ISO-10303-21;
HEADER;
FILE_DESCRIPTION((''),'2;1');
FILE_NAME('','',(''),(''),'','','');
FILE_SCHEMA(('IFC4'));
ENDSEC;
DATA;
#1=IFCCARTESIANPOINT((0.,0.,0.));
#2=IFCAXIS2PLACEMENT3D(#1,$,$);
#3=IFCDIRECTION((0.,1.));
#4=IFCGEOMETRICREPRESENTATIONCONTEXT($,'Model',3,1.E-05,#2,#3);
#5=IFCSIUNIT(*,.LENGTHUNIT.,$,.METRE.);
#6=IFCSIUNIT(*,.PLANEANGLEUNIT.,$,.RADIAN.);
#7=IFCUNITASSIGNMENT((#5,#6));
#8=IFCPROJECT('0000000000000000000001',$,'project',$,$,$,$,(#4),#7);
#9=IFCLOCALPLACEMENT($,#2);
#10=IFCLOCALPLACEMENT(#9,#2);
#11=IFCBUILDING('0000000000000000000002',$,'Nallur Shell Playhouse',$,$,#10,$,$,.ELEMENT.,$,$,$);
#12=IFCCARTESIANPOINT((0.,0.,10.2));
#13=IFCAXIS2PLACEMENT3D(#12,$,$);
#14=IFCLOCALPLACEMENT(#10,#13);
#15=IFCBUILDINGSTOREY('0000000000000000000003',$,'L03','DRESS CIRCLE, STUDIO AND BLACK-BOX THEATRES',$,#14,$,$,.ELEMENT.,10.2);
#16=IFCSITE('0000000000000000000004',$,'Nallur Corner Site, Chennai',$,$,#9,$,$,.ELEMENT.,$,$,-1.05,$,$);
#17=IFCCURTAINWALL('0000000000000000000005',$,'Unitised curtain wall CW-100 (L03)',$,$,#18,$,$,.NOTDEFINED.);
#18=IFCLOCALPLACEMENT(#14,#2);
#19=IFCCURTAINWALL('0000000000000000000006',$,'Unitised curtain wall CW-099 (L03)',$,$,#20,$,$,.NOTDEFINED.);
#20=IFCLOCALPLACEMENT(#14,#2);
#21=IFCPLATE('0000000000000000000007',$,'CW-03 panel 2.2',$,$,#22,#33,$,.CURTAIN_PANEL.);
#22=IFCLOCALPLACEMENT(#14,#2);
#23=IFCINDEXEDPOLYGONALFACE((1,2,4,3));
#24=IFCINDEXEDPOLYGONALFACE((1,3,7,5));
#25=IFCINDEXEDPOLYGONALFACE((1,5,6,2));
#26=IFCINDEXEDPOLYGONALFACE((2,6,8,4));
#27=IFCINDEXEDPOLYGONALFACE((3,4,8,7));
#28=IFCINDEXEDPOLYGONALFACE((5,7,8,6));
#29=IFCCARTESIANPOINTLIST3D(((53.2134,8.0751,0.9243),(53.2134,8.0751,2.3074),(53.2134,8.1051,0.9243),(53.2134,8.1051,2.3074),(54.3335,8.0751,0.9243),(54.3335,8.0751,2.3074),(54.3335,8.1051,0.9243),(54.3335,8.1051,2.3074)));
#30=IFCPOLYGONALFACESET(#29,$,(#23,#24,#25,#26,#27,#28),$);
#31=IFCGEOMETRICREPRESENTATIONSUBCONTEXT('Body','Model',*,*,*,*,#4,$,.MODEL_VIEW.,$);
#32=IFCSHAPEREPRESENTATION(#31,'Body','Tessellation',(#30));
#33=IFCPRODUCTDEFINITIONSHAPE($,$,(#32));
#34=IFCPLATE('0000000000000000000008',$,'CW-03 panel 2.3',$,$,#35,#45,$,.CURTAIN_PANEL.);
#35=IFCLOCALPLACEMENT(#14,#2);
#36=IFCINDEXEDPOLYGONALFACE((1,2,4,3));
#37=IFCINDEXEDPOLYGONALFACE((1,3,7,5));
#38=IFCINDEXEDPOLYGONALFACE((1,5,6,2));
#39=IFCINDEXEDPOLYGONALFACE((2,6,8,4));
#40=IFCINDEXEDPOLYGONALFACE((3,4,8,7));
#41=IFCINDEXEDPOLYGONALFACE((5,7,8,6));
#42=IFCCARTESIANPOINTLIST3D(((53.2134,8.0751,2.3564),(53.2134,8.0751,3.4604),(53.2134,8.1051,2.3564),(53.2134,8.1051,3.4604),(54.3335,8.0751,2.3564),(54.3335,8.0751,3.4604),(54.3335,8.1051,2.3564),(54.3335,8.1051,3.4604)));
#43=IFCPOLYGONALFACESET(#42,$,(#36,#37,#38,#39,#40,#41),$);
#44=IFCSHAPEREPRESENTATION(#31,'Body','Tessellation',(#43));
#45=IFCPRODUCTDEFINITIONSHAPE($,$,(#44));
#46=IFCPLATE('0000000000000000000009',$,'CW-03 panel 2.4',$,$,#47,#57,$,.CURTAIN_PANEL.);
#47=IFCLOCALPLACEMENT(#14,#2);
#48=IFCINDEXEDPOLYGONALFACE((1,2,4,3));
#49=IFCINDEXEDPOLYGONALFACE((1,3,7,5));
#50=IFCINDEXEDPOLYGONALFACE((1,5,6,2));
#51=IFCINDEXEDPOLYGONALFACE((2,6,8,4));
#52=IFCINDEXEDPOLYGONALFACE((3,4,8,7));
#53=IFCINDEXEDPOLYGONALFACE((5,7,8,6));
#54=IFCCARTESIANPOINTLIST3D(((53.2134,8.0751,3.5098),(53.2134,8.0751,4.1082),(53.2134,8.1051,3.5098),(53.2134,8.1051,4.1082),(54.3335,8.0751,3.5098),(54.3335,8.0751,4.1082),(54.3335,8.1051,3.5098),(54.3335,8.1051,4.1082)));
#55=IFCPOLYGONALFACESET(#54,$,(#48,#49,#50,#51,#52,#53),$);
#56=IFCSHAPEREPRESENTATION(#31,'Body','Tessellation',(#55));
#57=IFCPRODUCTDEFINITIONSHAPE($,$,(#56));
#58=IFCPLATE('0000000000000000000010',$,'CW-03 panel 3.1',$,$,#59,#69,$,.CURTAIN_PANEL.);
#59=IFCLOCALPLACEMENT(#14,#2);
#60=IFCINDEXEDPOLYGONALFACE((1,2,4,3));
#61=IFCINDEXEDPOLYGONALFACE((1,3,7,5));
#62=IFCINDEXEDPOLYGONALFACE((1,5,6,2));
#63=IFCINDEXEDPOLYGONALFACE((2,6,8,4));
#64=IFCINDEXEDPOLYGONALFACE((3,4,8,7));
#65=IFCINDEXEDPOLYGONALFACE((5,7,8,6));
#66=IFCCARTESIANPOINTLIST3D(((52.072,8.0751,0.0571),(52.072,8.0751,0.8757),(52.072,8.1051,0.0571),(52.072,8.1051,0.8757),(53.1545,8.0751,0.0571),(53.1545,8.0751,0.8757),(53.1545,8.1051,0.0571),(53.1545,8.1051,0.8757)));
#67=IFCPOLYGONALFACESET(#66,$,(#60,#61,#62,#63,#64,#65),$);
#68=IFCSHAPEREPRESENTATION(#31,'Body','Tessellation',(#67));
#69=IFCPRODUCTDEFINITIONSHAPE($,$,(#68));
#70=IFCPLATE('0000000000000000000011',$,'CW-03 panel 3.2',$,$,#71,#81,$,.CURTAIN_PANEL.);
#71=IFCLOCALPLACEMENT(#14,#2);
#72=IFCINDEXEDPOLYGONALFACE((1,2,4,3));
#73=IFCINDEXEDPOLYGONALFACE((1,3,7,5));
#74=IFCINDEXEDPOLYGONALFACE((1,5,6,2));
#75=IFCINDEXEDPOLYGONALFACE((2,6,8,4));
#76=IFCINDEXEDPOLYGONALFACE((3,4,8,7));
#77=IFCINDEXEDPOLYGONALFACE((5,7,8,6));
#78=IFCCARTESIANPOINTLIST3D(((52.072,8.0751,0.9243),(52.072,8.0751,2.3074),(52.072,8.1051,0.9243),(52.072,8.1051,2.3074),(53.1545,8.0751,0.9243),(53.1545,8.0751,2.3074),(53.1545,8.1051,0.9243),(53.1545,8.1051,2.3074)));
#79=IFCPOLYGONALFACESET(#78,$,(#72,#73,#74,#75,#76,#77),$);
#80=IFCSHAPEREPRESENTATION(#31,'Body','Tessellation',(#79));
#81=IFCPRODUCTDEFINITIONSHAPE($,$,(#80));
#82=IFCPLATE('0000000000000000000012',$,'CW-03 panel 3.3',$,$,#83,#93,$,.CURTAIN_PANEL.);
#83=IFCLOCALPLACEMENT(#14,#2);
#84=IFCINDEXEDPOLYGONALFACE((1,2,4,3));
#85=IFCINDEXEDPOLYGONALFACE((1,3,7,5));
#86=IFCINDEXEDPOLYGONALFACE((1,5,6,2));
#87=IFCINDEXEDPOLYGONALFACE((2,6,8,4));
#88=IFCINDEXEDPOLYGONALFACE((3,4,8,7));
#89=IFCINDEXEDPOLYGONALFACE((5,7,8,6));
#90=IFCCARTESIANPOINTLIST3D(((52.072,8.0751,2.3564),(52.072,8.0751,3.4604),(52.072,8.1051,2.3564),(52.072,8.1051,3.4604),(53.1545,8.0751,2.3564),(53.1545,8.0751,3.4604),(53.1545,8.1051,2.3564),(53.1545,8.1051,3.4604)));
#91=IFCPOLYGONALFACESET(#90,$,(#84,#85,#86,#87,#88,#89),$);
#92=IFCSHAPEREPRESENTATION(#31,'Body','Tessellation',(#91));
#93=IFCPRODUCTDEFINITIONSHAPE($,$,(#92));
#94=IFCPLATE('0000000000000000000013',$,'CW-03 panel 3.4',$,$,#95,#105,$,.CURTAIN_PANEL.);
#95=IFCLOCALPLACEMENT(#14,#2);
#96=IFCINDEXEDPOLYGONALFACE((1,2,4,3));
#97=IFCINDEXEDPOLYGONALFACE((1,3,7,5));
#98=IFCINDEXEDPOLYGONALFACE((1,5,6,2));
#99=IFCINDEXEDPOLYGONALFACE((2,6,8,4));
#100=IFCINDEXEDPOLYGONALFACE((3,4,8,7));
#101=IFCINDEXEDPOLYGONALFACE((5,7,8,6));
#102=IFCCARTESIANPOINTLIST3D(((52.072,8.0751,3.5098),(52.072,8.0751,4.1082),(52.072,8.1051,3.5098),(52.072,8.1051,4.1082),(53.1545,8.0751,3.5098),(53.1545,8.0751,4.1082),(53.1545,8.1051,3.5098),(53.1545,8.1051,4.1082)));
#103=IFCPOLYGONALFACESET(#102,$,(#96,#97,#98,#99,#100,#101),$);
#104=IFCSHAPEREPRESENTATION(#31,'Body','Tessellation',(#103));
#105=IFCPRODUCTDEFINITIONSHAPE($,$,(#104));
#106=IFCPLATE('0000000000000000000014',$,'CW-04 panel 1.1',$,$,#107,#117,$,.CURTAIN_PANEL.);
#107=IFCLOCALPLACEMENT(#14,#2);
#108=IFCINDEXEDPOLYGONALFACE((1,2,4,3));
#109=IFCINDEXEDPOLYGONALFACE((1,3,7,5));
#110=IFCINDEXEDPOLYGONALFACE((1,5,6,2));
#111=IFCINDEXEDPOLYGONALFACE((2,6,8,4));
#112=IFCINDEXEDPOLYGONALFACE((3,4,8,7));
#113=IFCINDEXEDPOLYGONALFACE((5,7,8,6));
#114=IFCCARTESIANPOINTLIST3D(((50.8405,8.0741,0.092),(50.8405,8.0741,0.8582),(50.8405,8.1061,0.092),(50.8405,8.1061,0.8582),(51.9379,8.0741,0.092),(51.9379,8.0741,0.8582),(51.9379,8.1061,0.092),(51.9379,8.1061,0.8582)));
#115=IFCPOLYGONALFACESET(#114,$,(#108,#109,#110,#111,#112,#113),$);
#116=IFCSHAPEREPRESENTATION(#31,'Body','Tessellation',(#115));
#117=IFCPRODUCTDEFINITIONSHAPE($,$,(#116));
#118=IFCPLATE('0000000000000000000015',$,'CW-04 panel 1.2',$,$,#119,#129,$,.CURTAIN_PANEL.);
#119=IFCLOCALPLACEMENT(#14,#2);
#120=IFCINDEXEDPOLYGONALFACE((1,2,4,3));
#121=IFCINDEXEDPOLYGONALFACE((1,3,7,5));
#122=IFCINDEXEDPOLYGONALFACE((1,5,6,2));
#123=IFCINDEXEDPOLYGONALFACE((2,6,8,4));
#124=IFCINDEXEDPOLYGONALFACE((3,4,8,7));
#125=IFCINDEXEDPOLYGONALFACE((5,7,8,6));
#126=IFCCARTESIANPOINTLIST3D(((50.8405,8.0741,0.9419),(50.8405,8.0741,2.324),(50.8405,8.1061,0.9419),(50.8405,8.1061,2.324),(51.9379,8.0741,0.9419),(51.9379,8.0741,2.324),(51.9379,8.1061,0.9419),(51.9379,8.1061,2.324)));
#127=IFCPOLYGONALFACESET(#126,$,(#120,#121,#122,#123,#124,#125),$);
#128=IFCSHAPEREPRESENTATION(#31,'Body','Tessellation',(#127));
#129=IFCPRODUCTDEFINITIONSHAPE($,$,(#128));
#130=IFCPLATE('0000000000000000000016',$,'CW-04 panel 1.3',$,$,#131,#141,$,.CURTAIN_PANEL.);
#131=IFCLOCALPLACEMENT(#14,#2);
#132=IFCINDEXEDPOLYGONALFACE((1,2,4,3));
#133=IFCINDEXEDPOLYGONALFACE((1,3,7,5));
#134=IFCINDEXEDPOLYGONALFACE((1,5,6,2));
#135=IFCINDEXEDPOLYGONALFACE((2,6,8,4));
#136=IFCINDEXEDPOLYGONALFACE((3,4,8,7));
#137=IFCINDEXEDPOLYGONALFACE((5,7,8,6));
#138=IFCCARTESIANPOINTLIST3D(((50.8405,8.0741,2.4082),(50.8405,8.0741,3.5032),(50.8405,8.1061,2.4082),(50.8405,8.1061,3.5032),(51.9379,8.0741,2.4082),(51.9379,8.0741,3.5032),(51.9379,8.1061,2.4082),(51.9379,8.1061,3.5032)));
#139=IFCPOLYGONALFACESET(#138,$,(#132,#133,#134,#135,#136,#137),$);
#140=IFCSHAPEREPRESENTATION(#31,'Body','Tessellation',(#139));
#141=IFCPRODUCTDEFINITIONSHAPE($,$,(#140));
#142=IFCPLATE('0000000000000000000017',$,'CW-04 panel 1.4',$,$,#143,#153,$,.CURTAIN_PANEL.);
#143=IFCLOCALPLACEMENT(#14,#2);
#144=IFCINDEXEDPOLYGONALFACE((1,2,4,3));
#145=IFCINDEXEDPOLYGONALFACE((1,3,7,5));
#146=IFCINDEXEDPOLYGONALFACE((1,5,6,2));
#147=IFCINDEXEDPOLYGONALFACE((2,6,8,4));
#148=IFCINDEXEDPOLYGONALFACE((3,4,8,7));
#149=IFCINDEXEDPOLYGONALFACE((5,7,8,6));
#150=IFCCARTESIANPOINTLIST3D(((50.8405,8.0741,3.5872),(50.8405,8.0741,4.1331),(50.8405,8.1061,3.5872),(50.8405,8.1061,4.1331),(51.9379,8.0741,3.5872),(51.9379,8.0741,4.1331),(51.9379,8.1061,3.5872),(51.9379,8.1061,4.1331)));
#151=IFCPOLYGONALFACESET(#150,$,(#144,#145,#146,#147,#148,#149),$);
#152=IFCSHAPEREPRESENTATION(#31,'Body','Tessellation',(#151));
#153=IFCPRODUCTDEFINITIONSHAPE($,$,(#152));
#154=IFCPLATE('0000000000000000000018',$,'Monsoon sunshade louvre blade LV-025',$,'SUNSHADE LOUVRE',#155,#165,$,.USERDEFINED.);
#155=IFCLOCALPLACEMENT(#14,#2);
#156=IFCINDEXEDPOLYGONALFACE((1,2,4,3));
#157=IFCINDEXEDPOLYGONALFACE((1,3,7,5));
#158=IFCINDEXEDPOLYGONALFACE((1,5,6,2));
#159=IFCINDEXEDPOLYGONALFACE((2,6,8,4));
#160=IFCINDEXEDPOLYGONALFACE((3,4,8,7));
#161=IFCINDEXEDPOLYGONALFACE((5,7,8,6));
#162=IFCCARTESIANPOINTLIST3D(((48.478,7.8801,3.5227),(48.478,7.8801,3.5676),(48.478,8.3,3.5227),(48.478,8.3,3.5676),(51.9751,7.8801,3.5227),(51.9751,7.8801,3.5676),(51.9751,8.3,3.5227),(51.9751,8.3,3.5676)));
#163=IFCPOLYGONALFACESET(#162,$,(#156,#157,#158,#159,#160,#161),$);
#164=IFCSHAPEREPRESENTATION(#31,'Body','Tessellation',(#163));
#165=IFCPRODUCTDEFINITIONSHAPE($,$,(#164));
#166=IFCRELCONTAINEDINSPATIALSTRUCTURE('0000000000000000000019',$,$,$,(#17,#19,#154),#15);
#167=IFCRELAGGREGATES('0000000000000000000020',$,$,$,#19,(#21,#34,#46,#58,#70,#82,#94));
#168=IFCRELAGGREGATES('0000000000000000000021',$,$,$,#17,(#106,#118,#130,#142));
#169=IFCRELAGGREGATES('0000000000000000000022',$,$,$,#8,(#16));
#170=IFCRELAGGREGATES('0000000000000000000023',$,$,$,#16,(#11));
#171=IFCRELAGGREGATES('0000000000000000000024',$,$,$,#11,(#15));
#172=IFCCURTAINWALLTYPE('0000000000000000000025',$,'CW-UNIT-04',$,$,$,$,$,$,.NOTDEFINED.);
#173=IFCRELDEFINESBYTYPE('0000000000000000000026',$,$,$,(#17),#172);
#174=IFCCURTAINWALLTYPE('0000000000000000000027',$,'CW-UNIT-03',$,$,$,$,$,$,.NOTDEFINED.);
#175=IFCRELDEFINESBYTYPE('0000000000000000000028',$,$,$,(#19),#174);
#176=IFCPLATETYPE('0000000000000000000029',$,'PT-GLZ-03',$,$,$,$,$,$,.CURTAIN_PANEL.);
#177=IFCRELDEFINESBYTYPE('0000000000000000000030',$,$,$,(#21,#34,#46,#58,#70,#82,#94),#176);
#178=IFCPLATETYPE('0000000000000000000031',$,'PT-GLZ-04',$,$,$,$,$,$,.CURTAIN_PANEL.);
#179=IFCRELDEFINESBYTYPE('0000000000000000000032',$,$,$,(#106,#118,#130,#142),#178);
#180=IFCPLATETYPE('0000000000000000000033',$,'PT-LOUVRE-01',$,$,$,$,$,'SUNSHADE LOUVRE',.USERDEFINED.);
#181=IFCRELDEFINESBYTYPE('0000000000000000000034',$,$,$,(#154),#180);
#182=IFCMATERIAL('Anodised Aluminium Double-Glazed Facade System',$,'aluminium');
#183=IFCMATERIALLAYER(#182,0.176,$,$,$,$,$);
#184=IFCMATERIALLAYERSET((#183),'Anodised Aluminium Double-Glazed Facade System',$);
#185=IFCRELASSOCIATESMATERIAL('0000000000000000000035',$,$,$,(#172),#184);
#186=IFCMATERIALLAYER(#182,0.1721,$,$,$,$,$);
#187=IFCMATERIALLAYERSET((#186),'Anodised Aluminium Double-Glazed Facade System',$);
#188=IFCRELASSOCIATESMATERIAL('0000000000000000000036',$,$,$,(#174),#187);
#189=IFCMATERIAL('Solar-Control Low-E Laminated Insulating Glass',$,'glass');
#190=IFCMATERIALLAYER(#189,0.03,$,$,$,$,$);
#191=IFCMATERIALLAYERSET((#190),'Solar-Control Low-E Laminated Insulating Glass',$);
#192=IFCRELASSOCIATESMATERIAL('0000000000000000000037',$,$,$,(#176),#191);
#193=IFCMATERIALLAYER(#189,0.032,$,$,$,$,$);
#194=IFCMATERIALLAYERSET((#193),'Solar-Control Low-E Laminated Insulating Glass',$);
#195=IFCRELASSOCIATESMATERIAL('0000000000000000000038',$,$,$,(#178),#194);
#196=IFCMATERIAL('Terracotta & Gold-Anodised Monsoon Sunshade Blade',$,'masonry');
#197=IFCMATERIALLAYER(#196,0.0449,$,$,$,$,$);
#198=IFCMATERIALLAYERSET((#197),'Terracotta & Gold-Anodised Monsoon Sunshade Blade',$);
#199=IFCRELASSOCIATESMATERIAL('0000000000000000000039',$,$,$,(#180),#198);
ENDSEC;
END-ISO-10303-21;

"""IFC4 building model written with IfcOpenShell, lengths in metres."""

from ifc_helpers import new_model, si_unit, direction, frame, origin, origin_2d, place, context, subcontext, project, spatial, rectangle, extrude, material, layer, layer_set, type_object, element, aggregate, save


model = new_model("IFC4")

# Units and contexts
model_context = context("Model", 3, precision=1e-05, world=origin(), true_north=direction((0.0, 1.0)))
body_context = subcontext(model_context, "Body", "Model", "MODEL_VIEW")
ifc_project = project(units=[si_unit("LENGTHUNIT", "METRE"), si_unit("PLANEANGLEUNIT", "RADIAN")], contexts=[model_context])

# Site, building, storey
site_placement = place(None, origin())
site = spatial("IfcSite", under=ifc_project, at=site_placement, Name="Nallur Corner Site, Chennai", CompositionType="ELEMENT", RefElevation=-1.05)
building_placement = place(site_placement, origin())
building = spatial("IfcBuilding", under=site, at=building_placement, Name="Nallur Shell Playhouse", CompositionType="ELEMENT")
storey_placement = place(building_placement, frame((0.0, 0.0, 10.2)))
storey = spatial("IfcBuildingStorey", under=building, at=storey_placement, Name="L03", Description="DRESS CIRCLE, STUDIO AND BLACK-BOX THEATRES", CompositionType="ELEMENT", Elevation=10.2)

# Curtain walls
ifc_material_1 = material(Name="Anodised Aluminium Double-Glazed Facade System", Category="aluminium")
ifc_layer_1 = layer(ifc_material_1, 0.176)
ifc_layer_set_1 = layer_set([ifc_layer_1], Name="Anodised Aluminium Double-Glazed Facade System")
curtain_wall_type_1 = type_object("IfcCurtainWallType", Name="CW-UNIT-04", PredefinedType="NOTDEFINED", material=ifc_layer_set_1)
curtain_wall_1_placement = place(storey_placement, origin())
curtain_wall_1 = element("IfcCurtainWall", 1, at=curtain_wall_1_placement, inside=storey, type_object=curtain_wall_type_1, Name="Unitised curtain wall CW-100 (L03)", PredefinedType="NOTDEFINED")
ifc_layer_2 = layer(ifc_material_1, 0.1721)
ifc_layer_set_2 = layer_set([ifc_layer_2], Name="Anodised Aluminium Double-Glazed Facade System")
curtain_wall_type_2 = type_object("IfcCurtainWallType", Name="CW-UNIT-03", PredefinedType="NOTDEFINED", material=ifc_layer_set_2)
curtain_wall_2_placement = place(storey_placement, origin())
curtain_wall_2 = element("IfcCurtainWall", 2, at=curtain_wall_2_placement, inside=storey, type_object=curtain_wall_type_2, Name="Unitised curtain wall CW-099 (L03)", PredefinedType="NOTDEFINED")

# Plates
ifc_material_2 = material(Name="Solar-Control Low-E Laminated Insulating Glass", Category="glass")
ifc_layer_3 = layer(ifc_material_2, 0.03)
ifc_layer_set_3 = layer_set([ifc_layer_3], Name="Solar-Control Low-E Laminated Insulating Glass")
plate_type_1 = type_object("IfcPlateType", Name="PT-GLZ-03", PredefinedType="CURTAIN_PANEL", material=ifc_layer_set_3)
plate_1_placement = place(storey_placement, frame((53.7734, 8.0901, 0.9243), z_axis=(0.0, 0.0, 1.0), x_axis=(-1.0, 0.0, 0.0)))
plate_1 = element("IfcPlate", 3, at=plate_1_placement, type_object=plate_type_1, Name="CW-03 panel 2.2", PredefinedType="CURTAIN_PANEL", context=body_context, shape_type="SweptSolid", body=[
    extrude(rectangle(XDim=1.1201, YDim=0.03, at=origin_2d()), origin(), (0.0, 0.0, 1.0), 1.3831),
])
plate_2_placement = place(storey_placement, frame((53.7734, 8.0901, 2.3564), z_axis=(0.0, 0.0, 1.0), x_axis=(-1.0, 0.0, 0.0)))
plate_2 = element("IfcPlate", 4, at=plate_2_placement, type_object=plate_type_1, Name="CW-03 panel 2.3", PredefinedType="CURTAIN_PANEL", context=body_context, shape_type="SweptSolid", body=[
    extrude(rectangle(XDim=1.1201, YDim=0.03, at=origin_2d()), origin(), (0.0, 0.0, 1.0), 1.104),
])
plate_3_placement = place(storey_placement, frame((53.7734, 8.0901, 3.5098), z_axis=(0.0, 0.0, 1.0), x_axis=(-1.0, 0.0, 0.0)))
plate_3 = element("IfcPlate", 5, at=plate_3_placement, type_object=plate_type_1, Name="CW-03 panel 2.4", PredefinedType="CURTAIN_PANEL", context=body_context, shape_type="SweptSolid", body=[
    extrude(rectangle(XDim=1.1201, YDim=0.03, at=origin_2d()), origin(), (0.0, 0.0, 1.0), 0.5984),
])
plate_4_placement = place(storey_placement, frame((52.6133, 8.0901, 0.0571), z_axis=(0.0, 0.0, 1.0), x_axis=(-1.0, 0.0, 0.0)))
plate_4 = element("IfcPlate", 6, at=plate_4_placement, type_object=plate_type_1, Name="CW-03 panel 3.1", PredefinedType="CURTAIN_PANEL", context=body_context, shape_type="SweptSolid", body=[
    extrude(rectangle(XDim=1.0825, YDim=0.03, at=origin_2d()), origin(), (0.0, 0.0, 1.0), 0.8186),
])
plate_5_placement = place(storey_placement, frame((52.6133, 8.0901, 0.9243), z_axis=(0.0, 0.0, 1.0), x_axis=(-1.0, 0.0, 0.0)))
plate_5 = element("IfcPlate", 7, at=plate_5_placement, type_object=plate_type_1, Name="CW-03 panel 3.2", PredefinedType="CURTAIN_PANEL", context=body_context, shape_type="SweptSolid", body=[
    extrude(rectangle(XDim=1.0825, YDim=0.03, at=origin_2d()), origin(), (0.0, 0.0, 1.0), 1.3831),
])
plate_6_placement = place(storey_placement, frame((52.6133, 8.0901, 2.3564), z_axis=(0.0, 0.0, 1.0), x_axis=(-1.0, 0.0, 0.0)))
plate_6 = element("IfcPlate", 8, at=plate_6_placement, type_object=plate_type_1, Name="CW-03 panel 3.3", PredefinedType="CURTAIN_PANEL", context=body_context, shape_type="SweptSolid", body=[
    extrude(rectangle(XDim=1.0825, YDim=0.03, at=origin_2d()), origin(), (0.0, 0.0, 1.0), 1.104),
])
plate_7_placement = place(storey_placement, frame((52.6133, 8.0901, 3.5098), z_axis=(0.0, 0.0, 1.0), x_axis=(-1.0, 0.0, 0.0)))
plate_7 = element("IfcPlate", 9, at=plate_7_placement, type_object=plate_type_1, Name="CW-03 panel 3.4", PredefinedType="CURTAIN_PANEL", context=body_context, shape_type="SweptSolid", body=[
    extrude(rectangle(XDim=1.0825, YDim=0.03, at=origin_2d()), origin(), (0.0, 0.0, 1.0), 0.5984),
])
aggregate(curtain_wall_2, [plate_1, plate_2, plate_3, plate_4, plate_5, plate_6, plate_7])
ifc_layer_4 = layer(ifc_material_2, 0.032)
ifc_layer_set_4 = layer_set([ifc_layer_4], Name="Solar-Control Low-E Laminated Insulating Glass")
plate_type_2 = type_object("IfcPlateType", Name="PT-GLZ-04", PredefinedType="CURTAIN_PANEL", material=ifc_layer_set_4)
plate_8_placement = place(storey_placement, frame((51.3892, 8.0901, 0.092), z_axis=(0.0, 0.0, 1.0), x_axis=(-1.0, 0.0, 0.0)))
plate_8 = element("IfcPlate", 10, at=plate_8_placement, type_object=plate_type_2, Name="CW-04 panel 1.1", PredefinedType="CURTAIN_PANEL", context=body_context, shape_type="SweptSolid", body=[
    extrude(rectangle(XDim=1.0974, YDim=0.032, at=origin_2d()), origin(), (0.0, 0.0, 1.0), 0.7661),
])
plate_9_placement = place(storey_placement, frame((51.3892, 8.0901, 0.9419), z_axis=(0.0, 0.0, 1.0), x_axis=(-1.0, 0.0, 0.0)))
plate_9 = element("IfcPlate", 11, at=plate_9_placement, type_object=plate_type_2, Name="CW-04 panel 1.2", PredefinedType="CURTAIN_PANEL", context=body_context, shape_type="SweptSolid", body=[
    extrude(rectangle(XDim=1.0974, YDim=0.032, at=origin_2d()), origin(), (0.0, 0.0, 1.0), 1.3821),
])
plate_10_placement = place(storey_placement, frame((51.3892, 8.0901, 2.4082), z_axis=(0.0, 0.0, 1.0), x_axis=(-1.0, 0.0, 0.0)))
plate_10 = element("IfcPlate", 12, at=plate_10_placement, type_object=plate_type_2, Name="CW-04 panel 1.3", PredefinedType="CURTAIN_PANEL", context=body_context, shape_type="SweptSolid", body=[
    extrude(rectangle(XDim=1.0974, YDim=0.032, at=origin_2d()), origin(), (0.0, 0.0, 1.0), 1.095),
])
plate_11_placement = place(storey_placement, frame((51.3892, 8.0901, 3.5872), z_axis=(0.0, 0.0, 1.0), x_axis=(-1.0, 0.0, 0.0)))
plate_11 = element("IfcPlate", 13, at=plate_11_placement, type_object=plate_type_2, Name="CW-04 panel 1.4", PredefinedType="CURTAIN_PANEL", context=body_context, shape_type="SweptSolid", body=[
    extrude(rectangle(XDim=1.0974, YDim=0.032, at=origin_2d()), origin(), (0.0, 0.0, 1.0), 0.5459),
])
aggregate(curtain_wall_1, [plate_8, plate_9, plate_10, plate_11])
ifc_material_3 = material(Name="Terracotta & Gold-Anodised Monsoon Sunshade Blade", Category="masonry")
ifc_layer_5 = layer(ifc_material_3, 0.0449)
ifc_layer_set_5 = layer_set([ifc_layer_5], Name="Terracotta & Gold-Anodised Monsoon Sunshade Blade")
plate_type_3 = type_object("IfcPlateType", Name="PT-LOUVRE-01", ElementType="SUNSHADE LOUVRE", PredefinedType="USERDEFINED", material=ifc_layer_set_5)
plate_12_placement = place(storey_placement, frame((50.2266, 8.0901, 3.5227), z_axis=(0.0, 0.0, 1.0), x_axis=(-1.0, 0.0, 0.0)))
element("IfcPlate", 14, at=plate_12_placement, inside=storey, type_object=plate_type_3, Name="Monsoon sunshade louvre blade LV-025", ObjectType="SUNSHADE LOUVRE", PredefinedType="USERDEFINED", context=body_context, shape_type="SweptSolid", body=[
    extrude(rectangle(XDim=3.4971, YDim=0.4199, at=origin_2d()), origin(), (0.0, 0.0, 1.0), 0.0449),
])

save(model, "model.ifc")
